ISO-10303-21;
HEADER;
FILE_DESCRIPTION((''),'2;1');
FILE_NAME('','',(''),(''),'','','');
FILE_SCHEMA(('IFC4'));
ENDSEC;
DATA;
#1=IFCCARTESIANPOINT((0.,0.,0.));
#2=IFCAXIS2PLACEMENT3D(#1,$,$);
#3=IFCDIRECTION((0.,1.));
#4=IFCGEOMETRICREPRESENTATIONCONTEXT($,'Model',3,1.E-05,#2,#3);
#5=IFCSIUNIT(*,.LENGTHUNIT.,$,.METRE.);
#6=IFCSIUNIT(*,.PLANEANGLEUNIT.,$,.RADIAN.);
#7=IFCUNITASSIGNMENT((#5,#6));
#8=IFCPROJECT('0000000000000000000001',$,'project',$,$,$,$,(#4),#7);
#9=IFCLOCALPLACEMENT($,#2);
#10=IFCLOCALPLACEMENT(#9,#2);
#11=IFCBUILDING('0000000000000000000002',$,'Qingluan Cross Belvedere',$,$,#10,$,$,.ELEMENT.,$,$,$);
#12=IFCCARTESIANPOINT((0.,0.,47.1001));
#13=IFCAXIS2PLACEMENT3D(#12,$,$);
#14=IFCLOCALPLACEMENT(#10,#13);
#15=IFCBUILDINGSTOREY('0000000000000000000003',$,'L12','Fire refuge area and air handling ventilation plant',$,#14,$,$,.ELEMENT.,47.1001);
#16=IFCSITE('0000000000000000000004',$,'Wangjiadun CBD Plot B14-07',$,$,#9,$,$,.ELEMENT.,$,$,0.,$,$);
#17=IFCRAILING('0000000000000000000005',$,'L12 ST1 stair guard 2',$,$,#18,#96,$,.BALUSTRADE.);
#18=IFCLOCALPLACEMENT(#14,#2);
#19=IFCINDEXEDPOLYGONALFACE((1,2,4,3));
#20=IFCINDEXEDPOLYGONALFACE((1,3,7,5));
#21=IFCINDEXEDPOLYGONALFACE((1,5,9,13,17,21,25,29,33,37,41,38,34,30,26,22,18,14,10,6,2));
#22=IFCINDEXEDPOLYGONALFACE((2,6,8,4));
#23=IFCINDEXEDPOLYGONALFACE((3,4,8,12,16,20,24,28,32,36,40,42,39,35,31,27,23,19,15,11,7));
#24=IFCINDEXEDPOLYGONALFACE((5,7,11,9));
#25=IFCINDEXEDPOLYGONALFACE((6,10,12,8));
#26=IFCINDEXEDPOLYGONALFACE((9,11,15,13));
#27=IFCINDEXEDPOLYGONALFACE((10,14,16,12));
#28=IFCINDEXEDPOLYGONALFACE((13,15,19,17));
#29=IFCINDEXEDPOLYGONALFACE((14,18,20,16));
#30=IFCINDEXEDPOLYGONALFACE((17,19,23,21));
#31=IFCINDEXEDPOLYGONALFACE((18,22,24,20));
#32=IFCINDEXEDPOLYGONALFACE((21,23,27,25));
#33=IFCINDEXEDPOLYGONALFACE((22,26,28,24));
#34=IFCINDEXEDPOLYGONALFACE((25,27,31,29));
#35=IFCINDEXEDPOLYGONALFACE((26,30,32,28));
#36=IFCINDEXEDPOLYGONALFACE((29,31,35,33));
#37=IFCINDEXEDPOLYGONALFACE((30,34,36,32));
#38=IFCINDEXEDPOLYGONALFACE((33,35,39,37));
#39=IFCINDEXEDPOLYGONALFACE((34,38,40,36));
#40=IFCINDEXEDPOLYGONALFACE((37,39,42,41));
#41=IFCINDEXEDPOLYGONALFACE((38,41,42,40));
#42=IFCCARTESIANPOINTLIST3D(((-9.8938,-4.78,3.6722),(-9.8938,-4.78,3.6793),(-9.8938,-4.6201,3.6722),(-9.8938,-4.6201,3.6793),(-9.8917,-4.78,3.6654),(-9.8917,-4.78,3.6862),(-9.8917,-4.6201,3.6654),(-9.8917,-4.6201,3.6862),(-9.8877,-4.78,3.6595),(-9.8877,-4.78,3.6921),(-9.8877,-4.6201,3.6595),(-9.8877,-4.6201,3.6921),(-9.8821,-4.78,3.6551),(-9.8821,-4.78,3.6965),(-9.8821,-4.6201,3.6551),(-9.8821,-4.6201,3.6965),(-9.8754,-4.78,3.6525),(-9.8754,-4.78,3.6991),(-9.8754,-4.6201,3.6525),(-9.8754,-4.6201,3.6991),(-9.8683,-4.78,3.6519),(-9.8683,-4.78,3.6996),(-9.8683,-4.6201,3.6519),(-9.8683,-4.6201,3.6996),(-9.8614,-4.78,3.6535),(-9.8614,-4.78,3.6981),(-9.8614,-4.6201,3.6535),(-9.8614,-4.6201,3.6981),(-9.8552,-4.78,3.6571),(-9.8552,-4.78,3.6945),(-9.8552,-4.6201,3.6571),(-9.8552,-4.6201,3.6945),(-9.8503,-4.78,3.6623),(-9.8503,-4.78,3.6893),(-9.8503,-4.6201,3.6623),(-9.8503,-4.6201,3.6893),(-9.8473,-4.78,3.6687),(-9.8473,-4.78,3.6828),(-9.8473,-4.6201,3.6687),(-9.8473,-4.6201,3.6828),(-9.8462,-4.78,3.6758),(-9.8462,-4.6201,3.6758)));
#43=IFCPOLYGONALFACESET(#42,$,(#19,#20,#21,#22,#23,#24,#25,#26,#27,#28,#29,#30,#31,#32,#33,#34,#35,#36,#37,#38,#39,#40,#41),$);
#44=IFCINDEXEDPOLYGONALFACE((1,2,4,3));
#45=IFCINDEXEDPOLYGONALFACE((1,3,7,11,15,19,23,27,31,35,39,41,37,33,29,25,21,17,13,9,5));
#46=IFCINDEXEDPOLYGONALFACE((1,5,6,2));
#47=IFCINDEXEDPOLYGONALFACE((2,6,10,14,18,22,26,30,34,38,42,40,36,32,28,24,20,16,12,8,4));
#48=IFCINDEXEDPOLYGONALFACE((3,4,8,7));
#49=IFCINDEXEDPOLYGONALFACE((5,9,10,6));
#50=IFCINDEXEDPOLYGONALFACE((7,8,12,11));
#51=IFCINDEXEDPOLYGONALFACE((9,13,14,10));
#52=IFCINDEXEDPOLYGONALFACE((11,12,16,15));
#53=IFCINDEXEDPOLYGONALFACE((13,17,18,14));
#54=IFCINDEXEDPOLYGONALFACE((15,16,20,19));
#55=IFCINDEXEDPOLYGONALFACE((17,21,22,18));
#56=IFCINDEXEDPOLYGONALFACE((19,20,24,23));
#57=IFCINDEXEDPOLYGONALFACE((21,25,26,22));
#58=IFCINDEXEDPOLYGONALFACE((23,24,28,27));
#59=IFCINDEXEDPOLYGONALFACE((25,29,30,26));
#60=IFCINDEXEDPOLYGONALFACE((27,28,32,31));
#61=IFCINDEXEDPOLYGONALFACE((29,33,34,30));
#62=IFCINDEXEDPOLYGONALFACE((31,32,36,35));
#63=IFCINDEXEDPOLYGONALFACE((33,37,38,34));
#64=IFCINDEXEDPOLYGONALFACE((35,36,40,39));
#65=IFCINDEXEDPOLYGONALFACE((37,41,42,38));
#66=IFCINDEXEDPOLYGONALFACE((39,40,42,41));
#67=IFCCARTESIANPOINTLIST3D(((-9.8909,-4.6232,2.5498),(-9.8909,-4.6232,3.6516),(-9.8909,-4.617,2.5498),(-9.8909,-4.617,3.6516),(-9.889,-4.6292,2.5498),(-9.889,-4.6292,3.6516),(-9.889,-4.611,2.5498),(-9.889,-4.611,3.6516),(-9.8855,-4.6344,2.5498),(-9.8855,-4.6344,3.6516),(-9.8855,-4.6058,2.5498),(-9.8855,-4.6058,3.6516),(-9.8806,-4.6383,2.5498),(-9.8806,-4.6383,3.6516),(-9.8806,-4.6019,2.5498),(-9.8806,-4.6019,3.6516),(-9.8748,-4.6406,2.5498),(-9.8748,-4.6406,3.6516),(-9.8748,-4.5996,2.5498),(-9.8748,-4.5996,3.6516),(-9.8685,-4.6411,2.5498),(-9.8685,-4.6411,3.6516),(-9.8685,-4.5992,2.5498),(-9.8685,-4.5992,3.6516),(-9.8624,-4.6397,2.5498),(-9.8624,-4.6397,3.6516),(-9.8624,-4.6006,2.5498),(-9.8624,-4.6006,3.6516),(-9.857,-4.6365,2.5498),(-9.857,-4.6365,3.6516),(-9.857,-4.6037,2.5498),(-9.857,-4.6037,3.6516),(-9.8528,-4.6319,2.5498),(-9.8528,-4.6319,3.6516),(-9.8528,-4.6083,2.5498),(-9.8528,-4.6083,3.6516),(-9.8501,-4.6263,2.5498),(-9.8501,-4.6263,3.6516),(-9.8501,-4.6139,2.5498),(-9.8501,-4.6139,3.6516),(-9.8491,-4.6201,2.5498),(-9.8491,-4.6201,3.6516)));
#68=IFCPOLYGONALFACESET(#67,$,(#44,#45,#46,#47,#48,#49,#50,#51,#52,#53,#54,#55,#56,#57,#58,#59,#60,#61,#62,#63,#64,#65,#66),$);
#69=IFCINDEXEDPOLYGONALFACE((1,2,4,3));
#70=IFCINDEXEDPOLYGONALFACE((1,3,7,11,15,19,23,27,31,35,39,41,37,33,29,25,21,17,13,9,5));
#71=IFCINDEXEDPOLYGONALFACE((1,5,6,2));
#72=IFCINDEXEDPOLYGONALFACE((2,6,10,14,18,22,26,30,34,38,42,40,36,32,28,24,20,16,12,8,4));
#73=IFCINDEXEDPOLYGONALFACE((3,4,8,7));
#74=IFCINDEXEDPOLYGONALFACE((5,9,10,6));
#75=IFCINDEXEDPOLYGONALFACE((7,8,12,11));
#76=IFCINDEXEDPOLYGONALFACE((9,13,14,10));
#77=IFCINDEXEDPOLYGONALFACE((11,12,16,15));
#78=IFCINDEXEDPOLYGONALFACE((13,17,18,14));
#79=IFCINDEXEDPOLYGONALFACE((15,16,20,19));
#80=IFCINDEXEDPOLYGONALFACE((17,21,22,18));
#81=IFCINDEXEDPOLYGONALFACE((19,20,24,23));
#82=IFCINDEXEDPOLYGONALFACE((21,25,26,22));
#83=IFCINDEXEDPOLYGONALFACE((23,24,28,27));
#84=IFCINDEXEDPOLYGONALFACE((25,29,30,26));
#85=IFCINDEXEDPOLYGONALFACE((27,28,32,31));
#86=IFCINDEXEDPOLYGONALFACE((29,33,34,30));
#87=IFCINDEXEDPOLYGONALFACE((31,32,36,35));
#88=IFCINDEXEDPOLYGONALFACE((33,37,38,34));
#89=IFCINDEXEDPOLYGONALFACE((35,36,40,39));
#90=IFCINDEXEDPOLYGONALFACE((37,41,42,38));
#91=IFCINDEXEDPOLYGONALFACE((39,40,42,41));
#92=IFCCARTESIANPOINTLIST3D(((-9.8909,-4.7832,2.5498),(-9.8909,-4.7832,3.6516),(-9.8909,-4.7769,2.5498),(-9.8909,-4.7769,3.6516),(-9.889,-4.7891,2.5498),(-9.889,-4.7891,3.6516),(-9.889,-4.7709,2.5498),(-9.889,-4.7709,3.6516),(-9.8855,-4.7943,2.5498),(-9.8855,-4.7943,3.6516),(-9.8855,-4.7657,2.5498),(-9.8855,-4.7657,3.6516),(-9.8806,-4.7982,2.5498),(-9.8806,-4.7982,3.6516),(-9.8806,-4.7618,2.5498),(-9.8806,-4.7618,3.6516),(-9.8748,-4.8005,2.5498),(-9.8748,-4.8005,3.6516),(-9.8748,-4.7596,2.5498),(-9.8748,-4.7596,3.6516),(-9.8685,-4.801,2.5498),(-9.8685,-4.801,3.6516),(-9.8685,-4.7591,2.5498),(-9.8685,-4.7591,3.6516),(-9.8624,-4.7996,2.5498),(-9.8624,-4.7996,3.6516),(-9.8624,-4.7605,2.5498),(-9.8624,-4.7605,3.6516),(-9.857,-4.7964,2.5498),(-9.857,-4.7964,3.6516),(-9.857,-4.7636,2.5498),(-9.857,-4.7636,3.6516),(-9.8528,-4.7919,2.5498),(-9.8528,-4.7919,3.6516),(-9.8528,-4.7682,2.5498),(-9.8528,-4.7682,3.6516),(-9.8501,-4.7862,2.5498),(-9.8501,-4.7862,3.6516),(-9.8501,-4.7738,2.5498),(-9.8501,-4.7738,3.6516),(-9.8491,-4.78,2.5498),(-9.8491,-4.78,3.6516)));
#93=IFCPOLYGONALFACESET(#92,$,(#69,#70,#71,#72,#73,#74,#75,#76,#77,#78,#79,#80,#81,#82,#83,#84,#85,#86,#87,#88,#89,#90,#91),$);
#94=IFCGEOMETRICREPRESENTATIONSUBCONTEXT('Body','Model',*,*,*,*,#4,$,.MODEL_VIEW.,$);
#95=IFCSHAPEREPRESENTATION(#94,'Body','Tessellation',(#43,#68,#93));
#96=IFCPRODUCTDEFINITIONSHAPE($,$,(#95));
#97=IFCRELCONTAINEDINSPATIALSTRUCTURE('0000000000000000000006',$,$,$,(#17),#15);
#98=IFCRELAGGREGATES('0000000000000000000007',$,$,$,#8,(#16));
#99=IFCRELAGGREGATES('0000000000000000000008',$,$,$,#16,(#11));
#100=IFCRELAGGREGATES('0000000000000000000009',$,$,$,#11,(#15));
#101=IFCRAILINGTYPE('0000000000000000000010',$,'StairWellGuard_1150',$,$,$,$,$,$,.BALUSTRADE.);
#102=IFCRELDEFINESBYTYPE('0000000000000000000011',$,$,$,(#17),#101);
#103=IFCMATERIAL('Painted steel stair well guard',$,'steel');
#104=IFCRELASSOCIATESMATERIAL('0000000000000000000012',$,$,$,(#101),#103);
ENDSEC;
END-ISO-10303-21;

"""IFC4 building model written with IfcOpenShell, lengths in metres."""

from ifc_helpers import new_model, si_unit, direction, frame, origin, origin_2d, place, context, subcontext, project, spatial, circle, extrude, material, type_object, element, save


model = new_model("IFC4")

# Units and contexts
model_context = context("Model", 3, precision=1e-05, world=origin(), true_north=direction((0.0, 1.0)))
body_context = subcontext(model_context, "Body", "Model", "MODEL_VIEW")
ifc_project = project(units=[si_unit("LENGTHUNIT", "METRE"), si_unit("PLANEANGLEUNIT", "RADIAN")], contexts=[model_context])

# Site, building, storey
site_placement = place(None, origin())
site = spatial("IfcSite", under=ifc_project, at=site_placement, Name="Wangjiadun CBD Plot B14-07", CompositionType="ELEMENT", RefElevation=0.0)
building_placement = place(site_placement, origin())
building = spatial("IfcBuilding", under=site, at=building_placement, Name="Qingluan Cross Belvedere", CompositionType="ELEMENT")
storey_placement = place(building_placement, frame((0.0, 0.0, 47.1001)))
storey = spatial("IfcBuildingStorey", under=building, at=storey_placement, Name="L12", Description="Fire refuge area and air handling ventilation plant", CompositionType="ELEMENT", Elevation=47.1001)

# Railing
ifc_material_1 = material(Name="Painted steel stair well guard", Category="steel")
railing_type_1 = type_object("IfcRailingType", Name="StairWellGuard_1150", PredefinedType="BALUSTRADE", material=ifc_material_1)
railing_1_placement = place(storey_placement, frame((-9.8701, -4.6201, 2.5498)))
element("IfcRailing", 1, at=railing_1_placement, inside=storey, type_object=railing_type_1, Name="L12 ST1 stair guard 2", PredefinedType="BALUSTRADE", context=body_context, shape_type="SweptSolid", body=[
    extrude(circle(Radius=0.0239, at=origin_2d()), frame((0.0, 0.0, 1.126), z_axis=(0.0, -1.0, 0.0), x_axis=(1.0, 0.0, 0.0)), (0.0, 0.0, 1.0), 0.1599),
    extrude(circle(Radius=0.021, at=origin_2d()), origin(), (0.0, 0.0, 1.0), 1.1018),
    extrude(circle(Radius=0.021, at=origin_2d()), frame((0.0, -0.1599, 0.0)), (0.0, 0.0, 1.0), 1.1018),
])

save(model, "model.ifc")
